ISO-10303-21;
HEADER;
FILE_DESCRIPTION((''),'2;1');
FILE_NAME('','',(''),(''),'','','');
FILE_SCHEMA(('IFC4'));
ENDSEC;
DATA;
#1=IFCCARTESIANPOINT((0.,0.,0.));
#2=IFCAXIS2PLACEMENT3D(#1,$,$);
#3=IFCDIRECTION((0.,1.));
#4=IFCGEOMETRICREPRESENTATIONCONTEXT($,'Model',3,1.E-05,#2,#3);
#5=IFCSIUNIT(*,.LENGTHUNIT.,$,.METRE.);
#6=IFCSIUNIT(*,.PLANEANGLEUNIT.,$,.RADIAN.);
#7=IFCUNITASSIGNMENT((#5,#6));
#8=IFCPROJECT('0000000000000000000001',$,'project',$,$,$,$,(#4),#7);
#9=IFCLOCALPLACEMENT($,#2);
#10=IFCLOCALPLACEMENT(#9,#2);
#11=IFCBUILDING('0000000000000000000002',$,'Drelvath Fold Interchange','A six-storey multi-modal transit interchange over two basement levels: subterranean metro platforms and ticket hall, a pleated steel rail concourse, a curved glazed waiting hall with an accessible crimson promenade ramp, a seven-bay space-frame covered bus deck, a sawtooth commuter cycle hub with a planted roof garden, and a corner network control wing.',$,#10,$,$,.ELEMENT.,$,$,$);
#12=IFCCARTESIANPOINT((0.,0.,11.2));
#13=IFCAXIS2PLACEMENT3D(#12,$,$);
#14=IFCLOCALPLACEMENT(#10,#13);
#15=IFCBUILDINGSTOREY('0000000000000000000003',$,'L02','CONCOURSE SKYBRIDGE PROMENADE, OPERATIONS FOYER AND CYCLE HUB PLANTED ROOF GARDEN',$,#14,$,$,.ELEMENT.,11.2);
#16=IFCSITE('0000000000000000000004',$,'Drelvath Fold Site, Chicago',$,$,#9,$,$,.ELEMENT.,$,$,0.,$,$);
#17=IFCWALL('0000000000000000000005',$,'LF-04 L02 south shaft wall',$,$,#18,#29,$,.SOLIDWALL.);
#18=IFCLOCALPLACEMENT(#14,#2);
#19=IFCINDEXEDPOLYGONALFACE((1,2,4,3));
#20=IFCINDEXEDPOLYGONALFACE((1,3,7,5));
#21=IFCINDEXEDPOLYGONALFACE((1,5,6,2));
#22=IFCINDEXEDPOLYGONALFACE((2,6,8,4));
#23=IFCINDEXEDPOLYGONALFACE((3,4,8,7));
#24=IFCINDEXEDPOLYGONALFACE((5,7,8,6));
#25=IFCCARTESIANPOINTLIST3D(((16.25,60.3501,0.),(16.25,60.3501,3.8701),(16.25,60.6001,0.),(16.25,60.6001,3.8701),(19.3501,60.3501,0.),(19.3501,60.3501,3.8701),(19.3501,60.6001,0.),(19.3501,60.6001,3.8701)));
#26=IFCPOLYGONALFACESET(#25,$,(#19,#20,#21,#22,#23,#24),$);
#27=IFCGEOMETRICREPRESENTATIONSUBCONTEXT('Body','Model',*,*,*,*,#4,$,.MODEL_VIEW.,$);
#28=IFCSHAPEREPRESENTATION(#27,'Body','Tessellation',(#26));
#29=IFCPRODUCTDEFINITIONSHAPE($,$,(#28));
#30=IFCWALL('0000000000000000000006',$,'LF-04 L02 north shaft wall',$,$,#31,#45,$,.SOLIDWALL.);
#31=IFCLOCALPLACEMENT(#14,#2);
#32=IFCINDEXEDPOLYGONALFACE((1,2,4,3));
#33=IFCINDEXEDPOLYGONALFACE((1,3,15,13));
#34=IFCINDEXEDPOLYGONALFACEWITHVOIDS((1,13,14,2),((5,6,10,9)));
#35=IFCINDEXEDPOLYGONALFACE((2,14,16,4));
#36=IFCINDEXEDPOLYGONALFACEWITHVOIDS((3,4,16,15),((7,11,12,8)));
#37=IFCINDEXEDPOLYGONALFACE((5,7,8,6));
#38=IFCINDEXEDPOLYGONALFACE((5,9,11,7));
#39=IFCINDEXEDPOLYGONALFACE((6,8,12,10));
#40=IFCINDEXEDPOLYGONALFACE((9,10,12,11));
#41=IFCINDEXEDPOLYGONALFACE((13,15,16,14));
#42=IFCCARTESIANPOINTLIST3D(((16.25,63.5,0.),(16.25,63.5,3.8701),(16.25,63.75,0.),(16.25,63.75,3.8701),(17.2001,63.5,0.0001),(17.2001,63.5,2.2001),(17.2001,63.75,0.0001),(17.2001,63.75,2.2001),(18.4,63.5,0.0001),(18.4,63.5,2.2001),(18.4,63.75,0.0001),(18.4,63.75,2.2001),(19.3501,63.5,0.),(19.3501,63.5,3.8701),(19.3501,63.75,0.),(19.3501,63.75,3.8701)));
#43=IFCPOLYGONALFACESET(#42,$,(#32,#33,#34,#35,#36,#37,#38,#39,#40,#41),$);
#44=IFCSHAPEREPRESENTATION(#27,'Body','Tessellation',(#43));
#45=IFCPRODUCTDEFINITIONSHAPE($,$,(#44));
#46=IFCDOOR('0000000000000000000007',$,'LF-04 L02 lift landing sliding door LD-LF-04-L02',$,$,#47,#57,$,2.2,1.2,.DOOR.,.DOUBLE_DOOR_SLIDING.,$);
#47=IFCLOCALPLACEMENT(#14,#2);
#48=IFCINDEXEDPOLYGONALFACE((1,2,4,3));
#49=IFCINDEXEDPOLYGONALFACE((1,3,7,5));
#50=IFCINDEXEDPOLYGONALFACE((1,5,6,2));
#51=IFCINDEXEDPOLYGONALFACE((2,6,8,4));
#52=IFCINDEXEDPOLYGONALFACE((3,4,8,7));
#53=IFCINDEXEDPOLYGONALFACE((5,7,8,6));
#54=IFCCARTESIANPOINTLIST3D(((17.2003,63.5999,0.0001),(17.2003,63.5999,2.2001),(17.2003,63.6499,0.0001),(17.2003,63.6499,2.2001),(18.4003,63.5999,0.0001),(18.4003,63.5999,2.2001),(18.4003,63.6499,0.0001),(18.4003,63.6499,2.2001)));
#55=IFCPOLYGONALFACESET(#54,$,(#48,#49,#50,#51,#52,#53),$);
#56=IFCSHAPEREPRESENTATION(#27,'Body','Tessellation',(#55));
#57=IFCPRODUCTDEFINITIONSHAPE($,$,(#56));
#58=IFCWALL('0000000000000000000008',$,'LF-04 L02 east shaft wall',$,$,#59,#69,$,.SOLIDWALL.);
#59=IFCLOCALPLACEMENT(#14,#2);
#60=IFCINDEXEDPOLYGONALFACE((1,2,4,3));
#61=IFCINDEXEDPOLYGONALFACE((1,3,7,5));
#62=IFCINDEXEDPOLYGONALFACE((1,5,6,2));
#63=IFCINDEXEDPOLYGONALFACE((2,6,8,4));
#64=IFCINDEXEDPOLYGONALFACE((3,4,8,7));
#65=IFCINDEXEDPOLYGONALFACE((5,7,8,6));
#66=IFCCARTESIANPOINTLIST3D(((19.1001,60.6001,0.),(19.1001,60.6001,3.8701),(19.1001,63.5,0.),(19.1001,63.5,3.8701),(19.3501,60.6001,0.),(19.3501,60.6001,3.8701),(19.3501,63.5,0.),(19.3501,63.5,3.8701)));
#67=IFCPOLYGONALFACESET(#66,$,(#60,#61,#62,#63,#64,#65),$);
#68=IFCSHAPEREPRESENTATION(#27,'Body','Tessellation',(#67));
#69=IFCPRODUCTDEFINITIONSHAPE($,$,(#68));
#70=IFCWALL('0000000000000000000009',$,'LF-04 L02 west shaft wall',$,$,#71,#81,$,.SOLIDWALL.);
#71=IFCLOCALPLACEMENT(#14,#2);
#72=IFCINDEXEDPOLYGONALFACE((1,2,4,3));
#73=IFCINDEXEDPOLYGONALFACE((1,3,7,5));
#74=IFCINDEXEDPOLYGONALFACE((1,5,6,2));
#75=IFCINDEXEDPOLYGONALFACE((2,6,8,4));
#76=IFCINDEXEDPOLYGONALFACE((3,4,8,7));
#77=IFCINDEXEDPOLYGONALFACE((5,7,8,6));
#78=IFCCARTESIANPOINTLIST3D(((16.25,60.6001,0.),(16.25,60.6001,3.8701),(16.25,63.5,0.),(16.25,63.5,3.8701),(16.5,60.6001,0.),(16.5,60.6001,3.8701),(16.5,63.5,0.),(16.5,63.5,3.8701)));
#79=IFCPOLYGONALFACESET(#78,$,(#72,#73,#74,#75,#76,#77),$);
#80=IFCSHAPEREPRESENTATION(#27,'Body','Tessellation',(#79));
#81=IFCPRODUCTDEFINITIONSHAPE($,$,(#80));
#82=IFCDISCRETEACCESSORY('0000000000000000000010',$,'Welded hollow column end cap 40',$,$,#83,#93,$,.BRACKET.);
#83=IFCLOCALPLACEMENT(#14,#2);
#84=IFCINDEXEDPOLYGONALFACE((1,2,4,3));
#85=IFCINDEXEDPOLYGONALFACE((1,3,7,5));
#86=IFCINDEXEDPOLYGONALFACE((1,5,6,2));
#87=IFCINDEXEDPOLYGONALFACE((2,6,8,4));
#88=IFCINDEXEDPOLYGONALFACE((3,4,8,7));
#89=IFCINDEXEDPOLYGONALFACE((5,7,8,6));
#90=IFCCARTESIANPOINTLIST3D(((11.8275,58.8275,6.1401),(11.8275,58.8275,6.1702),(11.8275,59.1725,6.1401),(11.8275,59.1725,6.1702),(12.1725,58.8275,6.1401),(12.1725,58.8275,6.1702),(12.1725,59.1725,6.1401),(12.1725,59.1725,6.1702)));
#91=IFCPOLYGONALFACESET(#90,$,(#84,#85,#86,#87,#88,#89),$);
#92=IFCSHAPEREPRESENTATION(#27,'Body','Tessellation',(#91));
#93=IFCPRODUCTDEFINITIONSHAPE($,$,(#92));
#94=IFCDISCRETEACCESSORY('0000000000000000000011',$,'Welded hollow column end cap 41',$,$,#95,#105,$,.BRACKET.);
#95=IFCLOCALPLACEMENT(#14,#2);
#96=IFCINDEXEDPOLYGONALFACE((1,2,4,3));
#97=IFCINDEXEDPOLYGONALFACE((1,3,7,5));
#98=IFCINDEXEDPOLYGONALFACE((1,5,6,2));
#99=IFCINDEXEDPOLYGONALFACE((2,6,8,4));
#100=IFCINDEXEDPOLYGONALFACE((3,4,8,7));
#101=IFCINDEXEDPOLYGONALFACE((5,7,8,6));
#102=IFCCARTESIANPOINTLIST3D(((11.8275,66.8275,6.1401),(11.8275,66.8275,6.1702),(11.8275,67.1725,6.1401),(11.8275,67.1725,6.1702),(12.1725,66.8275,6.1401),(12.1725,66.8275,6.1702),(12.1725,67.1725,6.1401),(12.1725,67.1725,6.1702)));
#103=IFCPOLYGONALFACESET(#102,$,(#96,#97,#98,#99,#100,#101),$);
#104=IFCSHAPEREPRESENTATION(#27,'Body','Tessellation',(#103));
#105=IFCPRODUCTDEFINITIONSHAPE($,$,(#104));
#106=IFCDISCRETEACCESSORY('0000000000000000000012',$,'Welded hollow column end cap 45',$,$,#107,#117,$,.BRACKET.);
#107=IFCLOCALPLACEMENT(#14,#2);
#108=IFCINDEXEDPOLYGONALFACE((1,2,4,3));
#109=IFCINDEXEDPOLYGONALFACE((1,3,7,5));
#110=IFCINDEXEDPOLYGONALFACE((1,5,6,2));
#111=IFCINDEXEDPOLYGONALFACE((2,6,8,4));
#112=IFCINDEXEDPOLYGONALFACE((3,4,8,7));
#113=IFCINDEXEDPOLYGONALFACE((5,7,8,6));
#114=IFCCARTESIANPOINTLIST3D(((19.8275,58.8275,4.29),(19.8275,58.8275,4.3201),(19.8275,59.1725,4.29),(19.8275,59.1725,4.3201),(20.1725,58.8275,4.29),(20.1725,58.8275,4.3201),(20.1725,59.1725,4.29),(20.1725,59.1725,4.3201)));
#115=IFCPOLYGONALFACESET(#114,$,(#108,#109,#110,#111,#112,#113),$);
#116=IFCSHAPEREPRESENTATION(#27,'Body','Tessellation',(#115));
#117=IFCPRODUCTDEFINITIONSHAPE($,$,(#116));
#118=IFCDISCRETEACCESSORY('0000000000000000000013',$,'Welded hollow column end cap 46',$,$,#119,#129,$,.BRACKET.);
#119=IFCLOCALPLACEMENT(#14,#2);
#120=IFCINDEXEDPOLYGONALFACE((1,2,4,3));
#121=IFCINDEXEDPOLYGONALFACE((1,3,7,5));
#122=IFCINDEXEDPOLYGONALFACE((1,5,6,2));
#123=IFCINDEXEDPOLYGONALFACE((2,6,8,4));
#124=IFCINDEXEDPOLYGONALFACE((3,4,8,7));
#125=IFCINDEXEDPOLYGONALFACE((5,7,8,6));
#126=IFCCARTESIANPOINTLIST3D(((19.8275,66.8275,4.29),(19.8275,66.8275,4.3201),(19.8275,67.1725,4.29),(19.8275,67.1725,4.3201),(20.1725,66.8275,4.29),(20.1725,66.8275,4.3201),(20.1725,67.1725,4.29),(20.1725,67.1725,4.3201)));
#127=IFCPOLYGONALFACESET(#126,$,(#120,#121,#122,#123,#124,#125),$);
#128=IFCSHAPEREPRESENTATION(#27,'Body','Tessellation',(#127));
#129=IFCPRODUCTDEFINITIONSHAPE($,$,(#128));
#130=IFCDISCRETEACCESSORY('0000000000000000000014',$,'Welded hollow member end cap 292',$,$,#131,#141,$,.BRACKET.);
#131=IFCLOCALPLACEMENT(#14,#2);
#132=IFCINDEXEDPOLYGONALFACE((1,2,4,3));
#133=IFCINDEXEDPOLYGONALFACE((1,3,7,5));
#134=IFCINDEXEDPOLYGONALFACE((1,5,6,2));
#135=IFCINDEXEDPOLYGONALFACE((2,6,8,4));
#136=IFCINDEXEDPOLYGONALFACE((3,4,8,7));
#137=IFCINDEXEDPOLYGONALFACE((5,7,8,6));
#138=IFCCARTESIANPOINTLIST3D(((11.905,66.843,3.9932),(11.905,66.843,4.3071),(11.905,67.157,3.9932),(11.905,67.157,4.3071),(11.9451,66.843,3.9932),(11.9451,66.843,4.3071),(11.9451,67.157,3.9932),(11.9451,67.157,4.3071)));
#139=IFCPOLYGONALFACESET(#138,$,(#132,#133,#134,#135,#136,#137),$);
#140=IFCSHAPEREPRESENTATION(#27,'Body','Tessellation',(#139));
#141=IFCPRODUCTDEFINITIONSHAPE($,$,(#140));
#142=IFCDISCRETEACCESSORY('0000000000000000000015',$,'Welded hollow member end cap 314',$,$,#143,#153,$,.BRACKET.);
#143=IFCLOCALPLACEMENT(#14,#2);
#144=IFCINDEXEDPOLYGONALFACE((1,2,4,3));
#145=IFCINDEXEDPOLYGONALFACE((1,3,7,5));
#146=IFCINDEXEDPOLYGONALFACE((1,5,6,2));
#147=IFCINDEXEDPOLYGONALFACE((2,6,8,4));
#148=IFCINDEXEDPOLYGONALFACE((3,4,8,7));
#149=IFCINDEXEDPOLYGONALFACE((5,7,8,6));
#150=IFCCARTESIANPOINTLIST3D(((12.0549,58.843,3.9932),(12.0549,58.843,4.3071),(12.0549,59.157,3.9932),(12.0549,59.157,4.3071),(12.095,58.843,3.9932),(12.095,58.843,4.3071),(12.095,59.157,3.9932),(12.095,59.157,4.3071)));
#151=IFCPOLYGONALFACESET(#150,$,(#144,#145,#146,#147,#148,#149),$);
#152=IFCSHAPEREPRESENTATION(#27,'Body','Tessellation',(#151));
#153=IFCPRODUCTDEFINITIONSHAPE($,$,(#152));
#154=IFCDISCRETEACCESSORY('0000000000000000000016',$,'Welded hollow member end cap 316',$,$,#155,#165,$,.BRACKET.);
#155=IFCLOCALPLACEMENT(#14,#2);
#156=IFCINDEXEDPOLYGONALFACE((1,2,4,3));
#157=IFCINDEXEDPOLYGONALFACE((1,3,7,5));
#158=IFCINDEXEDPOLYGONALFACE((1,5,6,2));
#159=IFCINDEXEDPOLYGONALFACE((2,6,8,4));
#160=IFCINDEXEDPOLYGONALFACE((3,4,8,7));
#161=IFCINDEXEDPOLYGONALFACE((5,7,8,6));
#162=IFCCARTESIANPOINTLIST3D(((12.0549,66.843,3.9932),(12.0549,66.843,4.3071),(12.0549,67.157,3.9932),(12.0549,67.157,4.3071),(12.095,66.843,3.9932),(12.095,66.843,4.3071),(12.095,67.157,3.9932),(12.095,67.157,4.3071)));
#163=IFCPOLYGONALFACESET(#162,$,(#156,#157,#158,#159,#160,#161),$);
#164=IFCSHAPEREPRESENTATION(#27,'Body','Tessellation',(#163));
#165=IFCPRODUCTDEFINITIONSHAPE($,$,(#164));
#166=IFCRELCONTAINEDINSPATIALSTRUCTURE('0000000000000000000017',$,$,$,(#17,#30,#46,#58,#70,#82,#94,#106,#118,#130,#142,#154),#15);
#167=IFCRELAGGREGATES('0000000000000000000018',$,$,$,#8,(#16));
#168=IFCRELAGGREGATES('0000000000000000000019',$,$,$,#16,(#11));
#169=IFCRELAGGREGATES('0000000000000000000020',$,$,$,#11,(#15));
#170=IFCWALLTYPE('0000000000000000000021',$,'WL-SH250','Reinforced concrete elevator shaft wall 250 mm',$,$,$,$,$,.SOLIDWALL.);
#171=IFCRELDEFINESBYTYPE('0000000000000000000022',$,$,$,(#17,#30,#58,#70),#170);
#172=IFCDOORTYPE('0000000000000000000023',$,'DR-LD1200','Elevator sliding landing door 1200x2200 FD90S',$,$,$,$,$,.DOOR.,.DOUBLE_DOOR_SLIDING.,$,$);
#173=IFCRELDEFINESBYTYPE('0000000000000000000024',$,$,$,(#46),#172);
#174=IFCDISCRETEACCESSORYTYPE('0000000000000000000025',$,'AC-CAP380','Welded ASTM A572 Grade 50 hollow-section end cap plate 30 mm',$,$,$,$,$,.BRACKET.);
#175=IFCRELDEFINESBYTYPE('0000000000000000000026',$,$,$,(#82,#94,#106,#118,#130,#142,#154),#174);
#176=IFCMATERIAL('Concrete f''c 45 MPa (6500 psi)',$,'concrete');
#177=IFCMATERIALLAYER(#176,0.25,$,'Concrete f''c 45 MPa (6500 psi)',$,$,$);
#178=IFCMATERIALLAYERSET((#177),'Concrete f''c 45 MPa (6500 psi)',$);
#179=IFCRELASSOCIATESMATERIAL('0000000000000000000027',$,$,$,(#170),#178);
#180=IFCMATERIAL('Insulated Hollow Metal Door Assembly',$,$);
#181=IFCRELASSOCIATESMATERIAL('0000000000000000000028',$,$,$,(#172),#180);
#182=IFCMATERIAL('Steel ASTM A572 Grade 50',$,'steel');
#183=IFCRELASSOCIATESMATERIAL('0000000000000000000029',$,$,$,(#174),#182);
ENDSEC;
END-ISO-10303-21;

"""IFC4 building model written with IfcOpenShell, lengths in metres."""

from ifc_helpers import new_model, si_unit, direction, frame, frame_2d, origin, origin_2d, place, context, subcontext, project, spatial, rectangle, extrude, material, layer, layer_set, type_object, element, fill, save


model = new_model("IFC4")

# Units and contexts
model_context = context("Model", 3, precision=1e-05, world=origin(), true_north=direction((0.0, 1.0)))
body_context = subcontext(model_context, "Body", "Model", "MODEL_VIEW")
ifc_project = project(units=[si_unit("LENGTHUNIT", "METRE"), si_unit("PLANEANGLEUNIT", "RADIAN")], contexts=[model_context])

# Site, building, storey
site_placement = place(None, origin())
site = spatial("IfcSite", under=ifc_project, at=site_placement, Name="Drelvath Fold Site, Chicago", CompositionType="ELEMENT", RefElevation=0.0)
building_placement = place(site_placement, origin())
building = spatial("IfcBuilding", under=site, at=building_placement, Name="Drelvath Fold Interchange", Description="A six-storey multi-modal transit interchange over two basement levels: subterranean metro platforms and ticket hall, a pleated steel rail concourse, a curved glazed waiting hall with an accessible crimson promenade ramp, a seven-bay space-frame covered bus deck, a sawtooth commuter cycle hub with a planted roof garden, and a corner network control wing.", CompositionType="ELEMENT")
storey_placement = place(building_placement, frame((0.0, 0.0, 11.2)))
storey = spatial("IfcBuildingStorey", under=building, at=storey_placement, Name="L02", Description="CONCOURSE SKYBRIDGE PROMENADE, OPERATIONS FOYER AND CYCLE HUB PLANTED ROOF GARDEN", CompositionType="ELEMENT", Elevation=11.2)

# Shared definitions
ifc_material_1 = material(Name="Concrete f'c 45 MPa (6500 psi)", Category="concrete")
ifc_layer_1 = layer(ifc_material_1, 0.25, Name="Concrete f'c 45 MPa (6500 psi)")
ifc_layer_set_1 = layer_set([ifc_layer_1], Name="Concrete f'c 45 MPa (6500 psi)")
wall_type_1 = type_object("IfcWallType", Name="WL-SH250", Description="Reinforced concrete elevator shaft wall 250 mm", PredefinedType="SOLIDWALL", material=ifc_layer_set_1)

# Shared definitions
ifc_material_2 = material(Name="Insulated Hollow Metal Door Assembly")
door_type = type_object("IfcDoorType", Name="DR-LD1200", Description="Elevator sliding landing door 1200x2200 FD90S", OperationType="DOUBLE_DOOR_SLIDING", PredefinedType="DOOR", material=ifc_material_2)

# Wall
wall_1_placement = place(storey_placement, frame((16.25, 60.4751, 0.0), z_axis=(0.0, 0.0, 1.0), x_axis=(1.0, 0.0, 0.0)))
element("IfcWall", 1, at=wall_1_placement, inside=storey, type_object=wall_type_1, Name="LF-04 L02 south shaft wall", PredefinedType="SOLIDWALL", context=body_context, shape_type="SweptSolid", body=[
    extrude(rectangle(XDim=3.1001, YDim=0.25, at=frame_2d((1.55, 0.0))), origin(), (0.0, 0.0, 1.0), 3.8701),
])

# Wall, opening, door
wall_2_placement = place(storey_placement, frame((19.3501, 63.625, 0.0), z_axis=(0.0, 0.0, 1.0), x_axis=(-1.0, 0.0, 0.0)))
wall_2 = element("IfcWall", 2, at=wall_2_placement, inside=storey, type_object=wall_type_1, Name="LF-04 L02 north shaft wall", PredefinedType="SOLIDWALL", context=body_context, shape_type="SweptSolid", body=[
    extrude(rectangle(XDim=3.1001, YDim=0.25, at=frame_2d((1.55, 0.0))), origin(), (0.0, 0.0, 1.0), 3.8701),
])
opening_1_placement = place(wall_2_placement, frame((0.95, 0.0, 0.0)))
opening_1 = element("IfcOpeningElement", 3, at=opening_1_placement, cuts=wall_2, PredefinedType="OPENING", context=body_context, shape_type="SweptSolid", body=[
    extrude(rectangle(XDim=1.2, YDim=2.2, at=frame_2d((0.6001, 1.1001))), frame((0.0, 0.135, 0.0), z_axis=(0.0, -1.0, 0.0), x_axis=(1.0, 0.0, 0.0)), (0.0, 0.0, 1.0), 0.27),
])
door_1_placement = place(opening_1_placement, frame((1.2, 0.0, 0.0), z_axis=(0.0, 0.0, 1.0), x_axis=(-1.0, 0.0, 0.0)))
door_1 = element("IfcDoor", 4, at=door_1_placement, inside=storey, type_object=door_type, Name="LF-04 L02 lift landing sliding door LD-LF-04-L02", OperationType="DOUBLE_DOOR_SLIDING", OverallHeight=2.2, OverallWidth=1.2, PredefinedType="DOOR", context=body_context, shape_type="SweptSolid", body=[
    extrude(rectangle(XDim=1.2, YDim=2.2, at=frame_2d((0.6001, 1.1001))), frame((0.0, 0.0249, 0.0), z_axis=(0.0, -1.0, 0.0), x_axis=(1.0, 0.0, 0.0)), (0.0, 0.0, 1.0), 0.05),
])
fill(opening_1, door_1)

# Walls
for number, where, z_axis, x_axis, name in (
    (5, (19.2251, 60.6001, 0.0), (0.0, 0.0, 1.0), (0.0, 1.0, 0.0), "LF-04 L02 east shaft wall"),
    (6, (16.375, 63.5, 0.0), (0.0, 0.0, 1.0), (0.0, -1.0, 0.0), "LF-04 L02 west shaft wall"),
):
    element("IfcWall", number, at=place(storey_placement, frame(where, z_axis=z_axis, x_axis=x_axis)), inside=storey, type_object=wall_type_1, Name=name, PredefinedType="SOLIDWALL", context=body_context, shape_type="SweptSolid", body=[
        extrude(rectangle(XDim=2.8999, YDim=0.25, at=frame_2d((1.45, 0.0))), origin(), (0.0, 0.0, 1.0), 3.8701),
    ])

# Discrete accessories
ifc_material_3 = material(Name="Steel ASTM A572 Grade 50", Category="steel")
discrete_accessory_type = type_object("IfcDiscreteAccessoryType", Name="AC-CAP380", Description="Welded ASTM A572 Grade 50 hollow-section end cap plate 30 mm", PredefinedType="BRACKET", material=ifc_material_3)
for number, where, z_axis, x_axis, name in (
    (7, (12.0, 59.0, 6.1401), (0.0, 0.0, 1.0), (1.0, 0.0, 0.0), "Welded hollow column end cap 40"),
    (8, (12.0, 67.0, 6.1401), (0.0, 0.0, 1.0), (1.0, 0.0, 0.0), "Welded hollow column end cap 41"),
    (9, (20.0, 59.0, 4.29), (0.0, 0.0, 1.0), (1.0, 0.0, 0.0), "Welded hollow column end cap 45"),
    (10, (20.0, 67.0, 4.29), (0.0, 0.0, 1.0), (1.0, 0.0, 0.0), "Welded hollow column end cap 46"),
):
    element("IfcDiscreteAccessory", number, at=place(storey_placement, frame(where, z_axis=z_axis, x_axis=x_axis)), inside=storey, type_object=discrete_accessory_type, Name=name, PredefinedType="BRACKET", context=body_context, shape_type="SweptSolid", body=[
        extrude(rectangle(XDim=0.345, YDim=0.345, at=origin_2d()), origin(), (0.0, 0.0, 1.0), 0.03),
    ])
for number, where, z_axis, x_axis, name in (
    (11, (11.925, 67.0, 3.9932), (0.0, 0.0, 1.0), (1.0, 0.0, 0.0), "Welded hollow member end cap 292"),
    (12, (12.075, 59.0, 3.9932), (0.0, 0.0, 1.0), (1.0, 0.0, 0.0), "Welded hollow member end cap 314"),
    (13, (12.075, 67.0, 3.9932), (0.0, 0.0, 1.0), (1.0, 0.0, 0.0), "Welded hollow member end cap 316"),
):
    element("IfcDiscreteAccessory", number, at=place(storey_placement, frame(where, z_axis=z_axis, x_axis=x_axis)), inside=storey, type_object=discrete_accessory_type, Name=name, PredefinedType="BRACKET", context=body_context, shape_type="SweptSolid", body=[
        extrude(rectangle(XDim=0.04, YDim=0.314, at=origin_2d()), origin(), (0.0, 0.0, 1.0), 0.314),
    ])

save(model, "model.ifc")
